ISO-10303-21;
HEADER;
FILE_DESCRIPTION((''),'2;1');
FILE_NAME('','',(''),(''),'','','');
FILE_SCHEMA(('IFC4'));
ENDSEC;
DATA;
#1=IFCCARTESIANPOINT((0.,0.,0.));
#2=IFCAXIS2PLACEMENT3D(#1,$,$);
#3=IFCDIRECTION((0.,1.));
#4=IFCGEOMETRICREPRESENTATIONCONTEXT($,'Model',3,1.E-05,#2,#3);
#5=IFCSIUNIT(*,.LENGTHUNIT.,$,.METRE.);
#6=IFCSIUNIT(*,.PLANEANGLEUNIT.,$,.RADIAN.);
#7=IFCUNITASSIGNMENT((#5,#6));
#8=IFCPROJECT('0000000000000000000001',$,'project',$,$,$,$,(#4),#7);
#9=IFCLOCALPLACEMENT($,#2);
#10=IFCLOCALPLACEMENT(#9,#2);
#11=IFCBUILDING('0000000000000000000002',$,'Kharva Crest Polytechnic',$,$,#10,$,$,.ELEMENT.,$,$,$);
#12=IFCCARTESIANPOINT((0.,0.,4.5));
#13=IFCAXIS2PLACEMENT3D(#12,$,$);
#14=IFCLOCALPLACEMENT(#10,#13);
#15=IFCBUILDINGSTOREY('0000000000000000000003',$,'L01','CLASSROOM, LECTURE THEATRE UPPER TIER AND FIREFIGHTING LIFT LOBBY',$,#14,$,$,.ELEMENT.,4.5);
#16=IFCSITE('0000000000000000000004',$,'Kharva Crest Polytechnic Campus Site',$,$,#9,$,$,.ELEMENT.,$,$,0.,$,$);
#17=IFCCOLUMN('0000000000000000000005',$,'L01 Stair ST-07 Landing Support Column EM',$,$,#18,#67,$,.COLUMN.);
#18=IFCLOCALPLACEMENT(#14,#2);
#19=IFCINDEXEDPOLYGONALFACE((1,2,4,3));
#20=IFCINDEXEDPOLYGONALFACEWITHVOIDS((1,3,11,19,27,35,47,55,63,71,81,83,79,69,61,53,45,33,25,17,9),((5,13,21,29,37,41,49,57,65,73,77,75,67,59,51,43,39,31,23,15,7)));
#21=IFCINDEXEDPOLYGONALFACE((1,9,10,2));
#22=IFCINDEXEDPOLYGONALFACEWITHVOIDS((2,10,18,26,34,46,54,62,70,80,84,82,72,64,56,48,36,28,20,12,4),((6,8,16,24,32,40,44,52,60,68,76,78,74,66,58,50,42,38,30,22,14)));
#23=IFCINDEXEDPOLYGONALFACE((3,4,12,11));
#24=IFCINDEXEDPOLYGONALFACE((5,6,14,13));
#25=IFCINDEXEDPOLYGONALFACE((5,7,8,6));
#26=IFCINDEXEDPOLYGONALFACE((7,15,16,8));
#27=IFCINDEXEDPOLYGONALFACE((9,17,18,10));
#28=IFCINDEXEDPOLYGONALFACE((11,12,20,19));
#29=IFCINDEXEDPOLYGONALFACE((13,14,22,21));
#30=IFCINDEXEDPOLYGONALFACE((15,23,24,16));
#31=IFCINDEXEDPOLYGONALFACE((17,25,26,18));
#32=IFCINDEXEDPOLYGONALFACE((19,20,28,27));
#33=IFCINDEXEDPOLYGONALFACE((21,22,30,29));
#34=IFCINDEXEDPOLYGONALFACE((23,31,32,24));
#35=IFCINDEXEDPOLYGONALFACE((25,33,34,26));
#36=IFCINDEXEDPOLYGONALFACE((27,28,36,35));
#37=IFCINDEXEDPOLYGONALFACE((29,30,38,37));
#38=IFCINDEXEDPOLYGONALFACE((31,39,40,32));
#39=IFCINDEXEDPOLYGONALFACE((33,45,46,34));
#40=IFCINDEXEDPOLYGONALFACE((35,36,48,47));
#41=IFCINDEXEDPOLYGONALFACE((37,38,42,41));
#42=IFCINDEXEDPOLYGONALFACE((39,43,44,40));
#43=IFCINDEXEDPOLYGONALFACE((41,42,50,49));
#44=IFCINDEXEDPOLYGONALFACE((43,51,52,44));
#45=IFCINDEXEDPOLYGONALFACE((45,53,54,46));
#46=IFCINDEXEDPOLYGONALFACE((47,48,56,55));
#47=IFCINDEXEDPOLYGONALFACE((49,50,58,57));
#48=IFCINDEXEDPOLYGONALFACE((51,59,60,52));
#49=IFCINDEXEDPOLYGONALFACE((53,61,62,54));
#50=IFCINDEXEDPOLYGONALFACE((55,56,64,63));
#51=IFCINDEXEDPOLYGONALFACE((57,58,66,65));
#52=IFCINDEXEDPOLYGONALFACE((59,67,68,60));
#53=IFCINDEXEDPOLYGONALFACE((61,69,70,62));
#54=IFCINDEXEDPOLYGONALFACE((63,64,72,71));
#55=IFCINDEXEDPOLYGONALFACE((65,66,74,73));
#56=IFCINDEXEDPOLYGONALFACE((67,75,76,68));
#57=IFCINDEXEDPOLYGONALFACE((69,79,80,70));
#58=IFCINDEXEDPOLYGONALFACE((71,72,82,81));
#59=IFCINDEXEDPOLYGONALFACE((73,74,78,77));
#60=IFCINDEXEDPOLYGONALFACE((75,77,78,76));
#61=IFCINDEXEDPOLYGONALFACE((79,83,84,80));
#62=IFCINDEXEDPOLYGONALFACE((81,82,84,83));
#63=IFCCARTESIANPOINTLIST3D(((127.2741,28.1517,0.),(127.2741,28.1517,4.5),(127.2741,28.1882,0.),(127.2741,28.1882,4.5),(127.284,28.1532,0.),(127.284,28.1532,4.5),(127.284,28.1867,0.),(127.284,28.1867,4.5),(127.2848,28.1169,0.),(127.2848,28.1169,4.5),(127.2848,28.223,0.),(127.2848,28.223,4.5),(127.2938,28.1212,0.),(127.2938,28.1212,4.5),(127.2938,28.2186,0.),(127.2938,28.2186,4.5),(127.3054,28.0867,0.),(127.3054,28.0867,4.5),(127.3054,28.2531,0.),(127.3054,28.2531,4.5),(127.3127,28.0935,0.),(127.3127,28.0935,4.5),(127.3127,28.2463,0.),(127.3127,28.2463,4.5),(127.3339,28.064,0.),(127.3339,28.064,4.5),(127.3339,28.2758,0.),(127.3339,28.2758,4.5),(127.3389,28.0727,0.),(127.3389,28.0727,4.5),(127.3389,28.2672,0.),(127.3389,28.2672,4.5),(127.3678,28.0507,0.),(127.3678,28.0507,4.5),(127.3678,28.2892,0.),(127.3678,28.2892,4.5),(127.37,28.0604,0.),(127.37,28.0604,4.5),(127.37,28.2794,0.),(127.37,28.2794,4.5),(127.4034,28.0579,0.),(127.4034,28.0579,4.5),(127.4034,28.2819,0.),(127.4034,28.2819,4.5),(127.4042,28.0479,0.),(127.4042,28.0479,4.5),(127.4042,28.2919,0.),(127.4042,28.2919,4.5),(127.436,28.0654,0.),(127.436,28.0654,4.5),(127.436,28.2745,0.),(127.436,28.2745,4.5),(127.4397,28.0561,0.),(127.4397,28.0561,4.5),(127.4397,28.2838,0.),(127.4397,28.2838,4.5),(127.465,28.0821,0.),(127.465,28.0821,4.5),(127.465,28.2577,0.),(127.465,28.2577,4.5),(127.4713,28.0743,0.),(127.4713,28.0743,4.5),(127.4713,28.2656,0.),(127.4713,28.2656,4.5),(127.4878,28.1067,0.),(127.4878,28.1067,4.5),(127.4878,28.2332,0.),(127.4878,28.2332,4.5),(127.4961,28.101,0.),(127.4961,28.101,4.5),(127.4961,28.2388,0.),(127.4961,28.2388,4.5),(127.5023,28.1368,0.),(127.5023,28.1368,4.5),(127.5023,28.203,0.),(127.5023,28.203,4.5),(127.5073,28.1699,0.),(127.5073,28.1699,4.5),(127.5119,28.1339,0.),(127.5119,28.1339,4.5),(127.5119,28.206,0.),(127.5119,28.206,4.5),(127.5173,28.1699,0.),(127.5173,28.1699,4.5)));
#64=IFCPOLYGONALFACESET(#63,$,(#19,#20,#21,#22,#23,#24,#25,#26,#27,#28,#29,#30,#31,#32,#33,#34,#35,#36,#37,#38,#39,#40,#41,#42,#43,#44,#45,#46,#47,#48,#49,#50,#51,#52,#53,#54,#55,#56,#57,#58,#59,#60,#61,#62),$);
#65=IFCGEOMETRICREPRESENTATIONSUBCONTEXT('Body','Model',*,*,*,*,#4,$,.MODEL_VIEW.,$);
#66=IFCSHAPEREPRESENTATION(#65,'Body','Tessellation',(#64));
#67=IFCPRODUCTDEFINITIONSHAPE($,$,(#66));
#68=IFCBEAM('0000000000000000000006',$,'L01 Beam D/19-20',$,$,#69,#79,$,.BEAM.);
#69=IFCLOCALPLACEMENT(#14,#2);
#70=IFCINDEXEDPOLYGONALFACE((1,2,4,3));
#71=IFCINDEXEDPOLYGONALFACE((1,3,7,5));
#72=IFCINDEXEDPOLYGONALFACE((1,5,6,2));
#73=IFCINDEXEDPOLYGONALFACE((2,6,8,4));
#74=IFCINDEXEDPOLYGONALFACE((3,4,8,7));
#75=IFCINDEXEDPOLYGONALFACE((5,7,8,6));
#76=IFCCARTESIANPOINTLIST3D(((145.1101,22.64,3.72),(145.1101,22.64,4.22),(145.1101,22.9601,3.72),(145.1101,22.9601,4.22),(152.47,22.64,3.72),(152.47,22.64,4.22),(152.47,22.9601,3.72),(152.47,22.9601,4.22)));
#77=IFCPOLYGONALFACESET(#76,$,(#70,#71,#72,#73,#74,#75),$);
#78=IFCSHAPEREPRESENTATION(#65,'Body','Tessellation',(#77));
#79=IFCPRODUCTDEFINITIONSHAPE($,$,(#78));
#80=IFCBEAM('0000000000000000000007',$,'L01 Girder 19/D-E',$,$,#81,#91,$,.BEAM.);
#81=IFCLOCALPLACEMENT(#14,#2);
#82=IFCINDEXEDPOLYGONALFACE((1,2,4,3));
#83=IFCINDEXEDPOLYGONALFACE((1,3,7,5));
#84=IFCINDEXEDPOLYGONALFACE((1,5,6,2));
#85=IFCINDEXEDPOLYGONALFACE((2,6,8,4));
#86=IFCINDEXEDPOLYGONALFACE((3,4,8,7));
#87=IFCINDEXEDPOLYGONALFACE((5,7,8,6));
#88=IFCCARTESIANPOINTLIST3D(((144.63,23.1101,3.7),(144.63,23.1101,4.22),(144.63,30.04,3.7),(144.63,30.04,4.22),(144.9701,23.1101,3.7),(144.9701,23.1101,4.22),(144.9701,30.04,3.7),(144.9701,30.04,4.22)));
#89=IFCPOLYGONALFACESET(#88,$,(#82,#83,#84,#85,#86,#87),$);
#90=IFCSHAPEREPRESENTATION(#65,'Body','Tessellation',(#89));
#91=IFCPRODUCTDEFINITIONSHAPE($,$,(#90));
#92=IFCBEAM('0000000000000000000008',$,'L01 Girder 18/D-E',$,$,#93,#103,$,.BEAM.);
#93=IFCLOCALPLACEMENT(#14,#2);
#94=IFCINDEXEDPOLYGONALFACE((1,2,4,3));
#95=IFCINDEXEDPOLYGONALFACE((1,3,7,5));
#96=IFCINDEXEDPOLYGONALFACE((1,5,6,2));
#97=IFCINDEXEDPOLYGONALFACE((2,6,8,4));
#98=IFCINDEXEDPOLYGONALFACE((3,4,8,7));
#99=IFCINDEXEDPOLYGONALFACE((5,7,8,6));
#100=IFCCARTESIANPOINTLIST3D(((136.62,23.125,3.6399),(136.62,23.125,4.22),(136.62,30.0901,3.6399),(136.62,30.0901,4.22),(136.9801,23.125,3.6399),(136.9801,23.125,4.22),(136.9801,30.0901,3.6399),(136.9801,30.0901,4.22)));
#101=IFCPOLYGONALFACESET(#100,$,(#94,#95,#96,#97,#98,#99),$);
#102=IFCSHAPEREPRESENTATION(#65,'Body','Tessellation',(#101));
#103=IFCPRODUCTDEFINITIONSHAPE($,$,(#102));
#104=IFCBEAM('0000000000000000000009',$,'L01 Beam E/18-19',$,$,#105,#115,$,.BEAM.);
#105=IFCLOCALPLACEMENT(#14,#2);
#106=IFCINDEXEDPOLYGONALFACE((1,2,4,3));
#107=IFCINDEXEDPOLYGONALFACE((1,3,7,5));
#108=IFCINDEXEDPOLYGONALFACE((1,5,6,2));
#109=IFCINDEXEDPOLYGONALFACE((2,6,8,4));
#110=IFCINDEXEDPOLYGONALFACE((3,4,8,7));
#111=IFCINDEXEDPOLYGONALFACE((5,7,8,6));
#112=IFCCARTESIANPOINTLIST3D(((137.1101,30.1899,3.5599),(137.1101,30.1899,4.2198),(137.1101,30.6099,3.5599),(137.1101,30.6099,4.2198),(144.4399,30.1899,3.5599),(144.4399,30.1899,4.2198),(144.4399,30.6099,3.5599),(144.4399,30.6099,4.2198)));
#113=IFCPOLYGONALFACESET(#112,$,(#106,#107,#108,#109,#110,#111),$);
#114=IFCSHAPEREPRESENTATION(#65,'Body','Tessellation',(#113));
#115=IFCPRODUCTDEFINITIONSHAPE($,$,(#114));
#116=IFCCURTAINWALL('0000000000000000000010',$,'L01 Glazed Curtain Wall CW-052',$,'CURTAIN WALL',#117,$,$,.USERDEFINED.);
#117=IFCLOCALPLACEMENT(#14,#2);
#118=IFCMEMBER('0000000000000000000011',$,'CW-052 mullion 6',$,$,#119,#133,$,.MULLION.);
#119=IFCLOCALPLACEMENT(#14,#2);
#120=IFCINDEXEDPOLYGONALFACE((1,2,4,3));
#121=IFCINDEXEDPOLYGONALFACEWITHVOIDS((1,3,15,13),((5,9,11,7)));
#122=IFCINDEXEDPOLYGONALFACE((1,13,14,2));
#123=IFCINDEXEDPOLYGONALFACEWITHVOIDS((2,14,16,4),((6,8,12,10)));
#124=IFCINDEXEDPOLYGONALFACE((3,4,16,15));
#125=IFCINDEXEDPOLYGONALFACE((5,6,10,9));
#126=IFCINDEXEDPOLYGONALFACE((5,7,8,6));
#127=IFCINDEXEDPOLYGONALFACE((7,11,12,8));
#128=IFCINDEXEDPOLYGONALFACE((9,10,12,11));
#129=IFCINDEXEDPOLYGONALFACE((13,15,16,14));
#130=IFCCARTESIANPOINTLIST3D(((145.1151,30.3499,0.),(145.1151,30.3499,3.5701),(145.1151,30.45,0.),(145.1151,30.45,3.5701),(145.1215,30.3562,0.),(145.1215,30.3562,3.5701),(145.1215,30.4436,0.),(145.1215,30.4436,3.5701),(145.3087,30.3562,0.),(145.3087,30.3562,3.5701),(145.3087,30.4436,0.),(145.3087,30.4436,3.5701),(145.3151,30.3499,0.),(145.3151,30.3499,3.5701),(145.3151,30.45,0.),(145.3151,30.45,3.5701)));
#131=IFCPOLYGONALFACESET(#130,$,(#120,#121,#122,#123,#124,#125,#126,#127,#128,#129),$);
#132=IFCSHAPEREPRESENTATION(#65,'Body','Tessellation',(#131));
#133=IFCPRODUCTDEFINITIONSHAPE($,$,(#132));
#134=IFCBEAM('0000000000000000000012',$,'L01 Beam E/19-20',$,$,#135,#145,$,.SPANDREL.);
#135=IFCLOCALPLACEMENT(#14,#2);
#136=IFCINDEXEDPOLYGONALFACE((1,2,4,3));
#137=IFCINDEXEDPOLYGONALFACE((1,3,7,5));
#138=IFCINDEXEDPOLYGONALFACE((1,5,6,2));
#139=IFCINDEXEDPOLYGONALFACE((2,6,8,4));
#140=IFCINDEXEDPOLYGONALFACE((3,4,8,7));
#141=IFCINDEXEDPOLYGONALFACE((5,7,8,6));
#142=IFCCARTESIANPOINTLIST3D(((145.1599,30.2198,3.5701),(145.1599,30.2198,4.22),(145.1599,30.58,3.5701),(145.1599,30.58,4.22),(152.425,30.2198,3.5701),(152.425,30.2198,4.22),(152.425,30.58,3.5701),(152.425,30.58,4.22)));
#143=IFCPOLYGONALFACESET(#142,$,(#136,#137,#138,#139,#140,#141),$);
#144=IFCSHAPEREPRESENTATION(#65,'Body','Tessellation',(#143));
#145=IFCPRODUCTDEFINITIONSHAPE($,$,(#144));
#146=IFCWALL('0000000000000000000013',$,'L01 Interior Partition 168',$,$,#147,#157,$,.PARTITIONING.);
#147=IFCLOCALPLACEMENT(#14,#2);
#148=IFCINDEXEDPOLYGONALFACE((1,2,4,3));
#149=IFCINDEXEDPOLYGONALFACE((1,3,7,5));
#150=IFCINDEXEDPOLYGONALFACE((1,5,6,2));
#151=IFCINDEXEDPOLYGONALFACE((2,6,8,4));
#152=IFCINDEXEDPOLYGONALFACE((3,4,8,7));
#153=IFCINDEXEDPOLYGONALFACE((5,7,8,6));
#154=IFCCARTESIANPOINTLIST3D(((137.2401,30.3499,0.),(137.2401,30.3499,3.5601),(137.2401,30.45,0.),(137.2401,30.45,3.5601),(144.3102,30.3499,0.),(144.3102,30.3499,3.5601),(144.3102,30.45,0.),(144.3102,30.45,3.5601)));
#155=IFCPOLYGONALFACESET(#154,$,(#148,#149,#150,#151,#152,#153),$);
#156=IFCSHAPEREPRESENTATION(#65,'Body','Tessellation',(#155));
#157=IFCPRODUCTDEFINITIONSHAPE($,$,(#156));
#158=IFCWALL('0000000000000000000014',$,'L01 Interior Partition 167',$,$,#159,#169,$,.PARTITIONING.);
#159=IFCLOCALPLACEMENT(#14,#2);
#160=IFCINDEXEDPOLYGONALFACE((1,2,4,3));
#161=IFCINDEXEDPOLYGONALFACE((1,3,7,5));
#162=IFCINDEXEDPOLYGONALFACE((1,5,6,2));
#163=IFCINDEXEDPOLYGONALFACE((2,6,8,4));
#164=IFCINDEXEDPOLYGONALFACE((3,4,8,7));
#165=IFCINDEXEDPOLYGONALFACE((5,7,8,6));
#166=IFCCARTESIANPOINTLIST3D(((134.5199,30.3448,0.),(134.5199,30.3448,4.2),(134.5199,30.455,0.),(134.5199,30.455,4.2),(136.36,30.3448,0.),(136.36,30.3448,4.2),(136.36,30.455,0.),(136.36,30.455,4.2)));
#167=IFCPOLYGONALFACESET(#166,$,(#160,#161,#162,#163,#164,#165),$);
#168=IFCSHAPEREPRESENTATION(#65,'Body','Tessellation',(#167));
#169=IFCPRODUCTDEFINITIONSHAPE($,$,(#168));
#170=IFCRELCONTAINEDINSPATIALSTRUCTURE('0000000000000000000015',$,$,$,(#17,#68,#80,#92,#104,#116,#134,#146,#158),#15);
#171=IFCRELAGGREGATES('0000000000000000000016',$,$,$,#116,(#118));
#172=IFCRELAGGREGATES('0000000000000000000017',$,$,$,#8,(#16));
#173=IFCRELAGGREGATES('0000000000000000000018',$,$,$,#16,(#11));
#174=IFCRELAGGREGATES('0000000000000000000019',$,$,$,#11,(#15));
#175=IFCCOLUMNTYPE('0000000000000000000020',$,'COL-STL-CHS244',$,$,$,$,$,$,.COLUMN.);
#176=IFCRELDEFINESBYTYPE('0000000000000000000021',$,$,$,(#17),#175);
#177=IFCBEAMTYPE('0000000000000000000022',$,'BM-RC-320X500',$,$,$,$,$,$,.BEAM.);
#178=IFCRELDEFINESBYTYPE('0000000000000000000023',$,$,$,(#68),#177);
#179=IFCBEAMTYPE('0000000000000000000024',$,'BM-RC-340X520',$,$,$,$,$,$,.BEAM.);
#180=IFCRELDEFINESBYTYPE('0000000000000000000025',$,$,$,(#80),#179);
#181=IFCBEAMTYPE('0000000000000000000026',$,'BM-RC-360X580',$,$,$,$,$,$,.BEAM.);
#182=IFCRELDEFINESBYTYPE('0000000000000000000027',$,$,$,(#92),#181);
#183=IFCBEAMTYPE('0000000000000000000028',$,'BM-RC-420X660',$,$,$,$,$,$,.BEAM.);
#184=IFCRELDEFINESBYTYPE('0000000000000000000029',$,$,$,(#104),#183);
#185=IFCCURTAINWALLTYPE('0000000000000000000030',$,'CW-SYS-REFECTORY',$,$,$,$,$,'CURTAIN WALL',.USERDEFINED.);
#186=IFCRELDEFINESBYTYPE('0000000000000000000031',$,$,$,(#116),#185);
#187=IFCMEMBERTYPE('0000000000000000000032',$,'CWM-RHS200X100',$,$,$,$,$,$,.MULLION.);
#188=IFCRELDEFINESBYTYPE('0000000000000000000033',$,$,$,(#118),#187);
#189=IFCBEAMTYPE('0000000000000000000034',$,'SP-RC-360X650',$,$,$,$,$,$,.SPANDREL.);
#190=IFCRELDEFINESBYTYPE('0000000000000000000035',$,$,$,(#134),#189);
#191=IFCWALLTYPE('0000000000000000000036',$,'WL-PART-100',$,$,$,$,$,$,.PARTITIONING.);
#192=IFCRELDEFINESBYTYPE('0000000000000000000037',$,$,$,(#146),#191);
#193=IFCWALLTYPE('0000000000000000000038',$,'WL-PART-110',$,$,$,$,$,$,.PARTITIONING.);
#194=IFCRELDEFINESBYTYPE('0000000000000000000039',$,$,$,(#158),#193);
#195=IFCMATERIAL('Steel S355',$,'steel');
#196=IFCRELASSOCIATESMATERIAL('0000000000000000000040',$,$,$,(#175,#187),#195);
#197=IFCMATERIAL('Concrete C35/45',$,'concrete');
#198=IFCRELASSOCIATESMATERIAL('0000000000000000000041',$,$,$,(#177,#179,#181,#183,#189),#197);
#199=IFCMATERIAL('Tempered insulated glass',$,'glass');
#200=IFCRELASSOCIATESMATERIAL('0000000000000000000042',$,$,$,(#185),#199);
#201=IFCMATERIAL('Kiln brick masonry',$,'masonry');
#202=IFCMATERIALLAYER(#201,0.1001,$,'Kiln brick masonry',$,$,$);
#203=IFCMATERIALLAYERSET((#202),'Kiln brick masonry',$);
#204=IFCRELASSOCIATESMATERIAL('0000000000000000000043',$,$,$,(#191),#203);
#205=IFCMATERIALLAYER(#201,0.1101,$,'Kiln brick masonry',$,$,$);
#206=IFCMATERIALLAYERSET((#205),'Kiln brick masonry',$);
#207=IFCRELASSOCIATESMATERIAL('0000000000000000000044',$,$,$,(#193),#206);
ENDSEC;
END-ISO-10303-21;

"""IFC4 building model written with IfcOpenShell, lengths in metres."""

from ifc_helpers import new_model, si_unit, direction, frame, frame_2d, origin, origin_2d, place, context, subcontext, project, spatial, rectangle, hollow_rectangle, hollow_circle, extrude, material, layer, layer_set, material_profile, profile_set, type_object, element, aggregate, save


model = new_model("IFC4")

# Units and contexts
model_context = context("Model", 3, precision=1e-05, world=origin(), true_north=direction((0.0, 1.0)))
body_context = subcontext(model_context, "Body", "Model", "MODEL_VIEW")
ifc_project = project(units=[si_unit("LENGTHUNIT", "METRE"), si_unit("PLANEANGLEUNIT", "RADIAN")], contexts=[model_context])

# Site, building, storey
site_placement = place(None, origin())
site = spatial("IfcSite", under=ifc_project, at=site_placement, Name="Kharva Crest Polytechnic Campus Site", CompositionType="ELEMENT", RefElevation=0.0)
building_placement = place(site_placement, origin())
building = spatial("IfcBuilding", under=site, at=building_placement, Name="Kharva Crest Polytechnic", CompositionType="ELEMENT")
storey_placement = place(building_placement, frame((0.0, 0.0, 4.5)))
storey = spatial("IfcBuildingStorey", under=building, at=storey_placement, Name="L01", Description="CLASSROOM, LECTURE THEATRE UPPER TIER AND FIREFIGHTING LIFT LOBBY", CompositionType="ELEMENT", Elevation=4.5)

# Column
ifc_material_1 = material(Name="Steel S355", Category="steel")
ifc_material_profile_1 = material_profile(ifc_material_1, hollow_circle(Radius=0.1223, WallThickness=0.01, at=origin_2d()), Name="CHS 244.5X10.0")
ifc_profile_set_1 = profile_set([ifc_material_profile_1], Name="Steel S355")
column_type_1 = type_object("IfcColumnType", Name="COL-STL-CHS244", PredefinedType="COLUMN", material=ifc_profile_set_1)
for number, where, z_axis, x_axis, name in (
    (1, (127.395, 28.1699, 0.0), (0.0, 0.0, 1.0), (1.0, 0.0, 0.0), "L01 Stair ST-07 Landing Support Column EM"),
):
    element("IfcColumn", number, at=place(storey_placement, frame(where, z_axis=z_axis, x_axis=x_axis)), inside=storey, type_object=column_type_1, Name=name, PredefinedType="COLUMN", context=body_context, shape_type="SweptSolid", body=[
        extrude(hollow_circle(Radius=0.1223, WallThickness=0.01, at=origin_2d()), origin(), (0.0, 0.0, 1.0), 4.5),
    ])

# Beams
ifc_material_2 = material(Name="Concrete C35/45", Category="concrete")
ifc_material_profile_2 = material_profile(ifc_material_2, rectangle(XDim=0.3201, YDim=0.5, at=origin_2d()), Name="RECT 320 X 500")
ifc_profile_set_2 = profile_set([ifc_material_profile_2], Name="Concrete C35/45")
beam_type_1 = type_object("IfcBeamType", Name="BM-RC-320X500", PredefinedType="BEAM", material=ifc_profile_set_2)
beam_1_placement = place(storey_placement, frame((145.1101, 22.8, 3.97), z_axis=(1.0, 0.0, 0.0), x_axis=(0.0, 1.0, 0.0)))
element("IfcBeam", 2, at=beam_1_placement, inside=storey, type_object=beam_type_1, Name="L01 Beam D/19-20", PredefinedType="BEAM", context=body_context, shape_type="SweptSolid", body=[
    extrude(rectangle(XDim=0.3201, YDim=0.5, at=origin_2d()), origin(), (0.0, 0.0, 1.0), 7.3599),
])
ifc_material_profile_3 = material_profile(ifc_material_2, rectangle(XDim=0.3401, YDim=0.52, at=origin_2d()), Name="RECT 340 X 520")
ifc_profile_set_3 = profile_set([ifc_material_profile_3], Name="Concrete C35/45")
beam_type_2 = type_object("IfcBeamType", Name="BM-RC-340X520", PredefinedType="BEAM", material=ifc_profile_set_3)
beam_2_placement = place(storey_placement, frame((144.8, 23.1101, 3.96), z_axis=(0.0, 1.0, 0.0), x_axis=(-1.0, 0.0, 0.0)))
element("IfcBeam", 3, at=beam_2_placement, inside=storey, type_object=beam_type_2, Name="L01 Girder 19/D-E", PredefinedType="BEAM", context=body_context, shape_type="SweptSolid", body=[
    extrude(rectangle(XDim=0.3401, YDim=0.52, at=origin_2d()), origin(), (0.0, 0.0, 1.0), 6.9299),
])
ifc_material_profile_4 = material_profile(ifc_material_2, rectangle(XDim=0.3601, YDim=0.5801, at=origin_2d()), Name="RECT 360 X 580")
ifc_profile_set_4 = profile_set([ifc_material_profile_4], Name="Concrete C35/45")
beam_type_3 = type_object("IfcBeamType", Name="BM-RC-360X580", PredefinedType="BEAM", material=ifc_profile_set_4)
beam_3_placement = place(storey_placement, frame((136.8, 23.125, 3.9299), z_axis=(0.0, 1.0, 0.0), x_axis=(-1.0, 0.0, 0.0)))
element("IfcBeam", 4, at=beam_3_placement, inside=storey, type_object=beam_type_3, Name="L01 Girder 18/D-E", PredefinedType="BEAM", context=body_context, shape_type="SweptSolid", body=[
    extrude(rectangle(XDim=0.3601, YDim=0.5801, at=origin_2d()), origin(), (0.0, 0.0, 1.0), 6.9651),
])
ifc_material_profile_5 = material_profile(ifc_material_2, rectangle(XDim=0.4199, YDim=0.6599, at=origin_2d()), Name="RECT 420 X 660")
ifc_profile_set_5 = profile_set([ifc_material_profile_5], Name="Concrete C35/45")
beam_type_4 = type_object("IfcBeamType", Name="BM-RC-420X660", PredefinedType="BEAM", material=ifc_profile_set_5)
beam_4_placement = place(storey_placement, frame((137.1101, 30.3999, 3.8899), z_axis=(1.0, 0.0, 0.0), x_axis=(0.0, 1.0, 0.0)))
element("IfcBeam", 5, at=beam_4_placement, inside=storey, type_object=beam_type_4, Name="L01 Beam E/18-19", PredefinedType="BEAM", context=body_context, shape_type="SweptSolid", body=[
    extrude(rectangle(XDim=0.4199, YDim=0.6599, at=origin_2d()), origin(), (0.0, 0.0, 1.0), 7.3298),
])

# Curtain wall, member
ifc_material_3 = material(Name="Tempered insulated glass", Category="glass")
curtain_wall_type = type_object("IfcCurtainWallType", Name="CW-SYS-REFECTORY", ElementType="CURTAIN WALL", PredefinedType="USERDEFINED", material=ifc_material_3)
curtain_wall_placement = place(storey_placement, origin())
curtain_wall = element("IfcCurtainWall", 6, at=curtain_wall_placement, inside=storey, type_object=curtain_wall_type, Name="L01 Glazed Curtain Wall CW-052", ObjectType="CURTAIN WALL", PredefinedType="USERDEFINED")
ifc_material_profile_6 = material_profile(ifc_material_1, hollow_rectangle(XDim=0.1001, YDim=0.2, WallThickness=0.0063, at=origin_2d()), Name="RHS 200X100X6.3")
ifc_profile_set_6 = profile_set([ifc_material_profile_6], Name="Steel S355")
member_type = type_object("IfcMemberType", Name="CWM-RHS200X100", PredefinedType="MULLION", material=ifc_profile_set_6)
member_placement = place(storey_placement, frame((145.2151, 30.3999, 0.0), z_axis=(0.0, 0.0, 1.0), x_axis=(0.0, -1.0, 0.0)))
member = element("IfcMember", 7, at=member_placement, type_object=member_type, Name="CW-052 mullion 6", PredefinedType="MULLION", context=body_context, shape_type="SweptSolid", body=[
    extrude(hollow_rectangle(XDim=0.1001, YDim=0.2, WallThickness=0.0063, at=origin_2d()), origin(), (0.0, 0.0, 1.0), 3.5701),
])
aggregate(curtain_wall, [member])

# Beam
ifc_material_profile_7 = material_profile(ifc_material_2, rectangle(XDim=0.3601, YDim=0.6499, at=origin_2d()), Name="RECT 360 X 650")
ifc_profile_set_7 = profile_set([ifc_material_profile_7], Name="Concrete C35/45")
beam_type_5 = type_object("IfcBeamType", Name="SP-RC-360X650", PredefinedType="SPANDREL", material=ifc_profile_set_7)
beam_5_placement = place(storey_placement, frame((145.1599, 30.3999, 3.895), z_axis=(1.0, 0.0, 0.0), x_axis=(0.0, 1.0, 0.0)))
element("IfcBeam", 8, at=beam_5_placement, inside=storey, type_object=beam_type_5, Name="L01 Beam E/19-20", PredefinedType="SPANDREL", context=body_context, shape_type="SweptSolid", body=[
    extrude(rectangle(XDim=0.3601, YDim=0.6499, at=origin_2d()), origin(), (0.0, 0.0, 1.0), 7.2651),
])

# Walls
ifc_material_4 = material(Name="Kiln brick masonry", Category="masonry")
ifc_layer_1 = layer(ifc_material_4, 0.1001, Name="Kiln brick masonry")
ifc_layer_set_1 = layer_set([ifc_layer_1], Name="Kiln brick masonry")
wall_type_1 = type_object("IfcWallType", Name="WL-PART-100", PredefinedType="PARTITIONING", material=ifc_layer_set_1)
wall_1_placement = place(storey_placement, frame((137.24, 30.3999, 0.0), z_axis=(0.0, 0.0, 1.0), x_axis=(1.0, 0.0, 0.0)))
element("IfcWall", 9, at=wall_1_placement, inside=storey, type_object=wall_type_1, Name="L01 Interior Partition 168", PredefinedType="PARTITIONING", context=body_context, shape_type="SweptSolid", body=[
    extrude(rectangle(XDim=7.0701, YDim=0.1001, at=frame_2d((3.5352, 0.0))), origin(), (0.0, 0.0, 1.0), 3.5601),
])
ifc_layer_2 = layer(ifc_material_4, 0.1101, Name="Kiln brick masonry")
ifc_layer_set_2 = layer_set([ifc_layer_2], Name="Kiln brick masonry")
wall_type_2 = type_object("IfcWallType", Name="WL-PART-110", PredefinedType="PARTITIONING", material=ifc_layer_set_2)
wall_2_placement = place(storey_placement, frame((134.52, 30.3999, 0.0), z_axis=(0.0, 0.0, 1.0), x_axis=(1.0, 0.0, 0.0)))
element("IfcWall", 10, at=wall_2_placement, inside=storey, type_object=wall_type_2, Name="L01 Interior Partition 167", PredefinedType="PARTITIONING", context=body_context, shape_type="SweptSolid", body=[
    extrude(rectangle(XDim=1.8401, YDim=0.1101, at=frame_2d((0.9199, 0.0))), origin(), (0.0, 0.0, 1.0), 4.2),
])

save(model, "model.ifc")
